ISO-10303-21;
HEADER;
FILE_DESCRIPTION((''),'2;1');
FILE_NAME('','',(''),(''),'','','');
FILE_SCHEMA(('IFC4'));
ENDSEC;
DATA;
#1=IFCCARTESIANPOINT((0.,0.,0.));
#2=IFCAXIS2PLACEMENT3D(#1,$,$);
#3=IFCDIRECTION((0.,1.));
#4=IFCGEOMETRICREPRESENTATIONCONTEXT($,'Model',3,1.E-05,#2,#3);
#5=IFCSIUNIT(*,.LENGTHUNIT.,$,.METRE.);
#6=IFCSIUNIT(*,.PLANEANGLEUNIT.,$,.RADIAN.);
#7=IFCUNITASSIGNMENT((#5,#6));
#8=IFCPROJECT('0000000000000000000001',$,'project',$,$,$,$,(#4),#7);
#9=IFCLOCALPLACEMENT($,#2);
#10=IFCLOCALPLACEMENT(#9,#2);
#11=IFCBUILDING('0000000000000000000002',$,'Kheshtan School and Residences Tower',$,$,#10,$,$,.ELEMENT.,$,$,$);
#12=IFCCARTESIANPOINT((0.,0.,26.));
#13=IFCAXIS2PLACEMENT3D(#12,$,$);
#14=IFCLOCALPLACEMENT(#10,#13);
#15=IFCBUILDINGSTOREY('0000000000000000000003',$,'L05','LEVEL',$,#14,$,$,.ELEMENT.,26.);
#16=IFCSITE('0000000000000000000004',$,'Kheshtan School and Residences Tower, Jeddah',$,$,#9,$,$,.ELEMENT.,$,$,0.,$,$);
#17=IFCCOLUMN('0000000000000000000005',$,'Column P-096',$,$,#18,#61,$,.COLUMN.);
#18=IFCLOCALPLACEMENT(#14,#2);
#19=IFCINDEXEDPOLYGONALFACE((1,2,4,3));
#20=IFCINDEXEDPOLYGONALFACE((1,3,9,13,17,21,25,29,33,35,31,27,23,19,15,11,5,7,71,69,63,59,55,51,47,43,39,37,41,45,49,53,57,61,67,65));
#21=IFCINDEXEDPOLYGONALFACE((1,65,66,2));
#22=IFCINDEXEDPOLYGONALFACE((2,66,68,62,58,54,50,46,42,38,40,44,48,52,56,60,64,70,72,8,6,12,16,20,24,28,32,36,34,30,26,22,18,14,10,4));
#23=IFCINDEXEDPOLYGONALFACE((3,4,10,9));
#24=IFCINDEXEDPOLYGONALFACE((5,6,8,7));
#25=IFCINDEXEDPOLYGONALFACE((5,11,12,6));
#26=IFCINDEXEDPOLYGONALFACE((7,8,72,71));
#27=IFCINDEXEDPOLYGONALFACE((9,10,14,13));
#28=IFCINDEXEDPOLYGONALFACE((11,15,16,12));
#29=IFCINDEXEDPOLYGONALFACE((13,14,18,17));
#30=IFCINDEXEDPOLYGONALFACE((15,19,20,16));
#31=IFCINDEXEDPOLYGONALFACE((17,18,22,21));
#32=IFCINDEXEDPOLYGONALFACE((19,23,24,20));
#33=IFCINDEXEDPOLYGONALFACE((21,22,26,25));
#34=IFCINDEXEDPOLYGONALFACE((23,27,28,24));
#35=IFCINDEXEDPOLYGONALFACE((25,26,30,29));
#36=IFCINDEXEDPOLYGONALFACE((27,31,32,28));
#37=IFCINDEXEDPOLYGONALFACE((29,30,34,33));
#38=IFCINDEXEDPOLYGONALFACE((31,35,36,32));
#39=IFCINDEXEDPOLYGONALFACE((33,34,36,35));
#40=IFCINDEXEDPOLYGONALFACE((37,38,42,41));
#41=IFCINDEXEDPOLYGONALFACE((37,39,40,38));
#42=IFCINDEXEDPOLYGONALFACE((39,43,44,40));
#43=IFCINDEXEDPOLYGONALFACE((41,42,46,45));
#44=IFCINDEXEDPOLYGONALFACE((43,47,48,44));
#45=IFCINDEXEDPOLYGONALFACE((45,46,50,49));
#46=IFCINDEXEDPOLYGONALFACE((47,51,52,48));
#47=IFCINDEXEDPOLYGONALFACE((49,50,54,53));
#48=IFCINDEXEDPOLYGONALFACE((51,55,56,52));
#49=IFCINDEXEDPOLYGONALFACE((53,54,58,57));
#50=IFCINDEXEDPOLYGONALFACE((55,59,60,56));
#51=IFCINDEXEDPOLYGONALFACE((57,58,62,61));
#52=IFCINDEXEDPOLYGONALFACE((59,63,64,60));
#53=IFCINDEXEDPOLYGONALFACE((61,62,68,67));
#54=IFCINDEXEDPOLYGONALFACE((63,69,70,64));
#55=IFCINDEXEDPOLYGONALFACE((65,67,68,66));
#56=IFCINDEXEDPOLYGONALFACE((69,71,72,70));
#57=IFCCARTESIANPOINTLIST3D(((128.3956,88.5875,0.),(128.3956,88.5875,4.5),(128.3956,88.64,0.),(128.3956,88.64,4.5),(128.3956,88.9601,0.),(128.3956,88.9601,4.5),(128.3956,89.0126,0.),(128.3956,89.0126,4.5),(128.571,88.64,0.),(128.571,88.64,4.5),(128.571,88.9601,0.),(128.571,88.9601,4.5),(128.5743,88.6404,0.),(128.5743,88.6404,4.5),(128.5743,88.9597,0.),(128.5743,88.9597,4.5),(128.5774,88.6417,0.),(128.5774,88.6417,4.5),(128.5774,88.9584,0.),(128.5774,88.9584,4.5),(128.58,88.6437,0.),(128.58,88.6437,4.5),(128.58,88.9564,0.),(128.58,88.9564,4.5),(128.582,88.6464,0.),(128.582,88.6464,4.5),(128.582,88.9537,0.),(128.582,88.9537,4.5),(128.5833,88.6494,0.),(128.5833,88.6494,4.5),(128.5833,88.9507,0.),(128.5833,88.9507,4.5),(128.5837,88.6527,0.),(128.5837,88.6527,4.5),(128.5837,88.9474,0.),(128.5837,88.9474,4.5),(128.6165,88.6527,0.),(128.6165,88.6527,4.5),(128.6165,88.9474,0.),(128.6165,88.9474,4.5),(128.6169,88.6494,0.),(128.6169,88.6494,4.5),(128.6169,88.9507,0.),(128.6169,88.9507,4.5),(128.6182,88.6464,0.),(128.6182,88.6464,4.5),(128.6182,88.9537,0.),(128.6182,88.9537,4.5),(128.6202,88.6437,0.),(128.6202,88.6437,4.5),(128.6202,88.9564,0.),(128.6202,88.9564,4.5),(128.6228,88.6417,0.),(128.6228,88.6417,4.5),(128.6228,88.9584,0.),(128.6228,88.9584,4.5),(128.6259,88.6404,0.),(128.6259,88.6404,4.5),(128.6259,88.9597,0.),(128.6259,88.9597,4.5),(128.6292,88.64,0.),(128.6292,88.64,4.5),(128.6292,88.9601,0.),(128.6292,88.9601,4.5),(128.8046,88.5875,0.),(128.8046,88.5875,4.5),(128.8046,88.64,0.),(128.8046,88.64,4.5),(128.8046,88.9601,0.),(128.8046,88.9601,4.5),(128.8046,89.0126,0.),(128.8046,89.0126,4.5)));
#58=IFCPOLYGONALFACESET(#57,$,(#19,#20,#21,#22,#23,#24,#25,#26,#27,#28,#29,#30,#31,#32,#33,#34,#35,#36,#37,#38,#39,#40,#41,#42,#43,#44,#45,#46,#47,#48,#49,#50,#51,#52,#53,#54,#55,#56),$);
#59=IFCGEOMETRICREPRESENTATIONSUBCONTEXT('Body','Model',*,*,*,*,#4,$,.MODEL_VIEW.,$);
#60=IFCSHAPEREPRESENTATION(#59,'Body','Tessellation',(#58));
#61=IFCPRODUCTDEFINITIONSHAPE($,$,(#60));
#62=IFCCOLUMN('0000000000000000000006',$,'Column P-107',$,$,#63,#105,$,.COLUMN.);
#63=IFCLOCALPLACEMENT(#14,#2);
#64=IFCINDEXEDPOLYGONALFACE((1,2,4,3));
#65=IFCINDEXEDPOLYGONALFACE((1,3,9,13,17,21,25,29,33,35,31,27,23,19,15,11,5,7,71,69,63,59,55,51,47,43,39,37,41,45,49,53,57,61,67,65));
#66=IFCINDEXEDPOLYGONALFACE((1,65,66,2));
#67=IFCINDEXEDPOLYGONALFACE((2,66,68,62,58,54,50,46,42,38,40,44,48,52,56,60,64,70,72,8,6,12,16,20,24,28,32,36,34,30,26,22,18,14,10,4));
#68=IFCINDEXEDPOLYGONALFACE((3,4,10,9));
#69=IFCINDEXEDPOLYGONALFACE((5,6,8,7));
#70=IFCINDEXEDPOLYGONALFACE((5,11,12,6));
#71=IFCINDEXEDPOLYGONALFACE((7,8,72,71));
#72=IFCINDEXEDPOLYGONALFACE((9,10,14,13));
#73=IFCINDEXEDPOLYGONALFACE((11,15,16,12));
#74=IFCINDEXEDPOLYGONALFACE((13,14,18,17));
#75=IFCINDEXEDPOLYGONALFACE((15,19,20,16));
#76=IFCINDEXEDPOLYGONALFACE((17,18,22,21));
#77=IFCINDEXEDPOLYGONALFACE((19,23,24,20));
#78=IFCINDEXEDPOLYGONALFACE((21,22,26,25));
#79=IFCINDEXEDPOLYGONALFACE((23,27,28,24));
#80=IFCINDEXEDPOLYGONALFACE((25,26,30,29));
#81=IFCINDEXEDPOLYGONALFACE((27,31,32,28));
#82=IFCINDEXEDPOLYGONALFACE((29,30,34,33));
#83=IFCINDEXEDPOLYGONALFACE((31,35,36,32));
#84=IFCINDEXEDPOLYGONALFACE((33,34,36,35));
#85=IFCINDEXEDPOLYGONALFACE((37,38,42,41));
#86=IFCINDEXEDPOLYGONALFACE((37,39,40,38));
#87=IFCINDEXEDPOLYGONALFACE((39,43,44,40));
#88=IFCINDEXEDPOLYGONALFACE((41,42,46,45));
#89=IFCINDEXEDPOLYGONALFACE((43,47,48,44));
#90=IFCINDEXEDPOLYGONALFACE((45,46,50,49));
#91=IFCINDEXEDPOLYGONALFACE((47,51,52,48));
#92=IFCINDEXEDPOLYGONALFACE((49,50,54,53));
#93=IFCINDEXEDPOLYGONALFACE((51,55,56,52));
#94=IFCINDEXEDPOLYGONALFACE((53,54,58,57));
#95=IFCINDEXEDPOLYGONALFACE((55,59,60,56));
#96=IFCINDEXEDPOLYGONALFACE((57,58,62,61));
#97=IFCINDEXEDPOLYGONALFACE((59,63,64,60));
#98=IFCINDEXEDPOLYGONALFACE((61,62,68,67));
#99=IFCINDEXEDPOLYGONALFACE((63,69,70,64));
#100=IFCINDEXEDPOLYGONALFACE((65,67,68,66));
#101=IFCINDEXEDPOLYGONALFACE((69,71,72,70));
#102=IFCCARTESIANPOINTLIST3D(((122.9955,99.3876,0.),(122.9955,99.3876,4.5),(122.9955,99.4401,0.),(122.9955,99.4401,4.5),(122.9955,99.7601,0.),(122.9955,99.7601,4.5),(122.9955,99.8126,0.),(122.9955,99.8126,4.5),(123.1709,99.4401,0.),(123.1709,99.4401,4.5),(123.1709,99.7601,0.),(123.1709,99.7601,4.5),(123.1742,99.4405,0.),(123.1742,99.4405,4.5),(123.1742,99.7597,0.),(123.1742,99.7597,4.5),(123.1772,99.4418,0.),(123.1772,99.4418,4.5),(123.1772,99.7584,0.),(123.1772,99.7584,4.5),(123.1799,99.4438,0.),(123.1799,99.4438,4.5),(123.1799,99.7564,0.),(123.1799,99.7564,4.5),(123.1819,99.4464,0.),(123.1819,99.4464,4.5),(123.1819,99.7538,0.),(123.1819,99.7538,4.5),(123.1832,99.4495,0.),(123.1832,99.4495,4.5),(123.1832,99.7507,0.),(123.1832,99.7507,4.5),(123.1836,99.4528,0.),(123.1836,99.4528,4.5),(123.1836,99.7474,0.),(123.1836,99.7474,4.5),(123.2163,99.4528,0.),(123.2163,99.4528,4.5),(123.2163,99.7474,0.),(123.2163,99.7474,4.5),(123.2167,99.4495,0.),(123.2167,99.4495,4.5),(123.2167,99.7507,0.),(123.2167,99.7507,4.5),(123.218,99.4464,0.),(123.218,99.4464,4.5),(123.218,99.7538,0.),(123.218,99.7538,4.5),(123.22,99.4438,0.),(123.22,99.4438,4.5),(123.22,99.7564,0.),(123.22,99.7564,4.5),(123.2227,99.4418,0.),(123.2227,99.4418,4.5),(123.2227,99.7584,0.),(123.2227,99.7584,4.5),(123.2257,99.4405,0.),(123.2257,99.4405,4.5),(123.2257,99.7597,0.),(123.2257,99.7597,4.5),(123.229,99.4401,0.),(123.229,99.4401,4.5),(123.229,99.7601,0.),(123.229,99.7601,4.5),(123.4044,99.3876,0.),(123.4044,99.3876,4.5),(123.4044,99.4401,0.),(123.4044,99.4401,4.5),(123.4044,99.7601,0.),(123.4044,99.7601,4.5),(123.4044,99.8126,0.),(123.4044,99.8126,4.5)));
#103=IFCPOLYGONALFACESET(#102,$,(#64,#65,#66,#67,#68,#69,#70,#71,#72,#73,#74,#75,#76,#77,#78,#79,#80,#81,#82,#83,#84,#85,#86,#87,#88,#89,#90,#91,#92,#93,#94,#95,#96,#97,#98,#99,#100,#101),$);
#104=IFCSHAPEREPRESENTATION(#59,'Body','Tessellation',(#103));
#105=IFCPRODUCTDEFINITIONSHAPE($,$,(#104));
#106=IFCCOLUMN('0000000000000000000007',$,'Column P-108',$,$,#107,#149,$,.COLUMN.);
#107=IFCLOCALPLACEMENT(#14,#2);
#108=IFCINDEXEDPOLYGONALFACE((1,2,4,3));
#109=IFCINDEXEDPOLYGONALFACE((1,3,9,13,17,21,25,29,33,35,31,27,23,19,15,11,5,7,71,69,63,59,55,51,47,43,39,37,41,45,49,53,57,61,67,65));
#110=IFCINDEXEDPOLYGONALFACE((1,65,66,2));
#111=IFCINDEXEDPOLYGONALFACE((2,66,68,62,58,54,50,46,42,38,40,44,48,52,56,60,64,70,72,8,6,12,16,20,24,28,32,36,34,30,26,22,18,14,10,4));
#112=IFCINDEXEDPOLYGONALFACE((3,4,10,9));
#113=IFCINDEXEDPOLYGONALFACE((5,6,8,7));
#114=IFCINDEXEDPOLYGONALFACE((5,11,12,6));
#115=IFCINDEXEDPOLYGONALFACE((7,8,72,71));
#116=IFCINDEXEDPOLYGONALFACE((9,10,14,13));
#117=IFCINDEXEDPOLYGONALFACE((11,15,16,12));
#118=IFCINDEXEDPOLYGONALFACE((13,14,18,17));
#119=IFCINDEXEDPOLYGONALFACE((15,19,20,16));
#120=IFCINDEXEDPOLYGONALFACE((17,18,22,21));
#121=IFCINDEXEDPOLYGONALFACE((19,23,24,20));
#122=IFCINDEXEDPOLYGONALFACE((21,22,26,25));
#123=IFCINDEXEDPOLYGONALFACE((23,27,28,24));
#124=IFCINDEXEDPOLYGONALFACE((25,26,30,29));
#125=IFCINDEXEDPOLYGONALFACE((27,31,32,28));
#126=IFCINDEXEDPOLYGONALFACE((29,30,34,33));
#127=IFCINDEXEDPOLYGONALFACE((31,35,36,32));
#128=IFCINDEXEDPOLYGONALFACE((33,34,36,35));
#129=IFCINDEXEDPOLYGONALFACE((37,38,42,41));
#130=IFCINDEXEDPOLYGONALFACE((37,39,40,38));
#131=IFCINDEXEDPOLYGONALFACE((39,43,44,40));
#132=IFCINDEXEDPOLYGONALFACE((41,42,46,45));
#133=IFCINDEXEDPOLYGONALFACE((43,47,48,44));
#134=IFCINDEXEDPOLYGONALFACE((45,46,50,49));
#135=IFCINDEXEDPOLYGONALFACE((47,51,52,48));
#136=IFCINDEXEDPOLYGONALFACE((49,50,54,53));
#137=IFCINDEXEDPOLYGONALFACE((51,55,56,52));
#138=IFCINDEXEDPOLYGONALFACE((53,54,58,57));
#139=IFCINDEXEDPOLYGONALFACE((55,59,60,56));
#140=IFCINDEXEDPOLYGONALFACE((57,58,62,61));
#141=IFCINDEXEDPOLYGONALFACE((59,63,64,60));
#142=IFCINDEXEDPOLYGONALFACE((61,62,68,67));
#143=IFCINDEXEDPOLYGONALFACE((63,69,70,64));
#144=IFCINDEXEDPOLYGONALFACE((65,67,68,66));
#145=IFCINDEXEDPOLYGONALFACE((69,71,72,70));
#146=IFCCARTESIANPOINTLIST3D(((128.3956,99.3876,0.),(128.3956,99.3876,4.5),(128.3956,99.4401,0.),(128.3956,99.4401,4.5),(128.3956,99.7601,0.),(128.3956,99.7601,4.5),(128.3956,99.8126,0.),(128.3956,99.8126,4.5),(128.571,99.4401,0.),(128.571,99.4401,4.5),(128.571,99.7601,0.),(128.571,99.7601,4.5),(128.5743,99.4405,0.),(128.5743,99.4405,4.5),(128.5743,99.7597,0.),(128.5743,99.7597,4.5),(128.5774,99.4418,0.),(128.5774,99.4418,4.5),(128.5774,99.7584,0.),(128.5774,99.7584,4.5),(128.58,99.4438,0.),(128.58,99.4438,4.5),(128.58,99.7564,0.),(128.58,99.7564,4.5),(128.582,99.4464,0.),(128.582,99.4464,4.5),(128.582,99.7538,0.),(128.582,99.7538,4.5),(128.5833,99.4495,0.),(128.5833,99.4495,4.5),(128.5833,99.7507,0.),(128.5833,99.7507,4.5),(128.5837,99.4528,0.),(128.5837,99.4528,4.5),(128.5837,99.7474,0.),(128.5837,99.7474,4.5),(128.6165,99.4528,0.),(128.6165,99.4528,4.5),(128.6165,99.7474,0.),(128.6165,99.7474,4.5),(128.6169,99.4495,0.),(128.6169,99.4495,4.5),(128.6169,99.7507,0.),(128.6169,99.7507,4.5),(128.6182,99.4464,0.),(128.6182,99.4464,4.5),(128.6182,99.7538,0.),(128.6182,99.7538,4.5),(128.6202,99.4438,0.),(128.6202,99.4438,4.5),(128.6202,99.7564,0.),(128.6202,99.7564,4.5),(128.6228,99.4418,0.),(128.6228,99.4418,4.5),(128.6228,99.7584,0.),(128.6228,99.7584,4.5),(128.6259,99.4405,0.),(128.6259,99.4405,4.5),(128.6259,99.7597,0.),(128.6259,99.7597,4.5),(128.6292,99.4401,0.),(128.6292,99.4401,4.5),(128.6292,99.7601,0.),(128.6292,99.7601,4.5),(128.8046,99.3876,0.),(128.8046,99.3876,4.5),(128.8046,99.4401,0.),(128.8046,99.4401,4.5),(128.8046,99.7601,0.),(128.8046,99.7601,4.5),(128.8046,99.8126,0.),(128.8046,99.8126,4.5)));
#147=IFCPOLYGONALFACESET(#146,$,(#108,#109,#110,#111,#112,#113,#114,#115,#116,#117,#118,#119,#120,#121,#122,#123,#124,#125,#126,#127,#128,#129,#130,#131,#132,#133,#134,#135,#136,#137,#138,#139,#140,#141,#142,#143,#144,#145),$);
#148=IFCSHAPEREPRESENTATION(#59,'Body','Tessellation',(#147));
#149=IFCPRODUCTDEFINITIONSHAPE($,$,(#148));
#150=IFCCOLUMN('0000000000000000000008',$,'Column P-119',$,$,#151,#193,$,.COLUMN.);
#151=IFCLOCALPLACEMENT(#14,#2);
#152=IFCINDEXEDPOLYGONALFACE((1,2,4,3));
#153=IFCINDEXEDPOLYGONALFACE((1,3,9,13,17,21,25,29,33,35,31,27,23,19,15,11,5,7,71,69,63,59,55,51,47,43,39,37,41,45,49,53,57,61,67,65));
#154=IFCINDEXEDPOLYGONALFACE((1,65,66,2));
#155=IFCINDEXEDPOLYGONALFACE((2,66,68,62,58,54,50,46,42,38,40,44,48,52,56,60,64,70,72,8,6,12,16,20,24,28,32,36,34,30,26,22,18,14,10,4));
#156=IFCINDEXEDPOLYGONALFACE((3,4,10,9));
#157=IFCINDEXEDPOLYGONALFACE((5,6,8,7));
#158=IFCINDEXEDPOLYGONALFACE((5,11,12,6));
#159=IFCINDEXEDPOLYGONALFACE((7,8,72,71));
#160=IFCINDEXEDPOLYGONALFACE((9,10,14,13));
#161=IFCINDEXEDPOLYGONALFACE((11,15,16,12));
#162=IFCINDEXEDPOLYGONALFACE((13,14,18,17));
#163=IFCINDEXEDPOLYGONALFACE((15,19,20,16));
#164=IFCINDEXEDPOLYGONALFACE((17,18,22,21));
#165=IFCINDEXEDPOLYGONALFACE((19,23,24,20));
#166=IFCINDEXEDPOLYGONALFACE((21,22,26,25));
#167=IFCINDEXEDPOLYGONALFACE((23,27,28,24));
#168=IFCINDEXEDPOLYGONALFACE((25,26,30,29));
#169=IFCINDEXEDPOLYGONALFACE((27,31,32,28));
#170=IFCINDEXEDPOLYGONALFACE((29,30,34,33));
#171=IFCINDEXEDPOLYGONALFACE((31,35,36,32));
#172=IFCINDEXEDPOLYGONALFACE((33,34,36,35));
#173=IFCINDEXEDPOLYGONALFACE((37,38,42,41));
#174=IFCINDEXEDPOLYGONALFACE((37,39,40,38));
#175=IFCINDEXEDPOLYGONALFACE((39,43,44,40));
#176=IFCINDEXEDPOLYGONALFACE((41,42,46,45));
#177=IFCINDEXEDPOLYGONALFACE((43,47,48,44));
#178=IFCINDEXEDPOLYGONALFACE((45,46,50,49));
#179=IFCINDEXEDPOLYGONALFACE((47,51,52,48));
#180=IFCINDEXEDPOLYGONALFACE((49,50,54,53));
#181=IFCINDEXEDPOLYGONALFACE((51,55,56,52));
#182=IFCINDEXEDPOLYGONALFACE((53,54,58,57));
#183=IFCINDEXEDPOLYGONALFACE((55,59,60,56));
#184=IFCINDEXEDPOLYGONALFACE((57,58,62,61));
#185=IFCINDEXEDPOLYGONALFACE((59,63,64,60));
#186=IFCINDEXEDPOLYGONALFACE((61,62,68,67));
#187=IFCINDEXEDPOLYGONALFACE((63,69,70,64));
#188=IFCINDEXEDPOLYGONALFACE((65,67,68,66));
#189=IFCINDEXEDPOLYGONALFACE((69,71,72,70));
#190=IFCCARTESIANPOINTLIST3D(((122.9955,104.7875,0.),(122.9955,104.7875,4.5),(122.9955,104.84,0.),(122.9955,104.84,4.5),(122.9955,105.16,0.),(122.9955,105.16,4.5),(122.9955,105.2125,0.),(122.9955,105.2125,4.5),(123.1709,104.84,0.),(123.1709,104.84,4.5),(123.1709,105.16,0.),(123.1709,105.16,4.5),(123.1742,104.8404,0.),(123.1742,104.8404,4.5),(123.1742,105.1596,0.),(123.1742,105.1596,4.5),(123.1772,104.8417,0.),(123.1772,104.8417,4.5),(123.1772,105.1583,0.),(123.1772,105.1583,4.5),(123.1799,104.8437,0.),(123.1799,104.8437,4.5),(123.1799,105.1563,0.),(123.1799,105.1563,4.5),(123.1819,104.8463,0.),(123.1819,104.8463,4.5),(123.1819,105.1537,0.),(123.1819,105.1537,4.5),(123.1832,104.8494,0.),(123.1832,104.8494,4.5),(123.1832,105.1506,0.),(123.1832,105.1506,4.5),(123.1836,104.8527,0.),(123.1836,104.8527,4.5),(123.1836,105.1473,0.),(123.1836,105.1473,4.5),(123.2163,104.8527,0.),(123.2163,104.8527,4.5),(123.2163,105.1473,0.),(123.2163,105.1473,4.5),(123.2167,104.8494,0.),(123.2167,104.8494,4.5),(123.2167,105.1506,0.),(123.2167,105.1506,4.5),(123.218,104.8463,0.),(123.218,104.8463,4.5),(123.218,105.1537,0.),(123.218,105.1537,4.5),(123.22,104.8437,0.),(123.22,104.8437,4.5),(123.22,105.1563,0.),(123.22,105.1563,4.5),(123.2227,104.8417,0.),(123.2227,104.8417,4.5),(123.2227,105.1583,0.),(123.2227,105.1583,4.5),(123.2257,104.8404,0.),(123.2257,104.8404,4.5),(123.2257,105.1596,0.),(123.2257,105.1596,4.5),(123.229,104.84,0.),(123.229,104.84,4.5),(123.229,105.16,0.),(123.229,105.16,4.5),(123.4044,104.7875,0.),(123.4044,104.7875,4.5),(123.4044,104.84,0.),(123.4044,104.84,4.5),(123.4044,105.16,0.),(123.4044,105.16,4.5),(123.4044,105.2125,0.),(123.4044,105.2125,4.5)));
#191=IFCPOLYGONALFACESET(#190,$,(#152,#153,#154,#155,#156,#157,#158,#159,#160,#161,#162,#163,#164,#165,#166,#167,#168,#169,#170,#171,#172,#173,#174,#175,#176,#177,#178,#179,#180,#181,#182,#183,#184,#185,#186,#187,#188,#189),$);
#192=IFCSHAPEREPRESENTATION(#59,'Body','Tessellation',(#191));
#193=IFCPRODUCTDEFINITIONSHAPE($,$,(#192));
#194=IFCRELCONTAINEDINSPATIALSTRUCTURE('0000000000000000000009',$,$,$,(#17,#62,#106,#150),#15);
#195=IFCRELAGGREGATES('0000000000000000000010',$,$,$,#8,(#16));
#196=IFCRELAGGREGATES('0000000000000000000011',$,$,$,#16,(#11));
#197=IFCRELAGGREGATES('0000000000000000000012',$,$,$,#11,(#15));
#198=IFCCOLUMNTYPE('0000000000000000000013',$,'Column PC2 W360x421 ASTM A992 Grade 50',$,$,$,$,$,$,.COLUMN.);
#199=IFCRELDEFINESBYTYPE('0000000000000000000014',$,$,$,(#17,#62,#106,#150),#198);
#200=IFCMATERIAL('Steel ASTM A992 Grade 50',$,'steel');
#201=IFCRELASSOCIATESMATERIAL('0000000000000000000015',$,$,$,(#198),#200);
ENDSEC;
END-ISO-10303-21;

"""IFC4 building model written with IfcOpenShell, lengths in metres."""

from ifc_helpers import new_model, si_unit, direction, frame, origin, origin_2d, place, context, subcontext, project, spatial, i_section, extrude, material, material_profile, profile_set, type_object, element, save


model = new_model("IFC4")

# Units and contexts
model_context = context("Model", 3, precision=1e-05, world=origin(), true_north=direction((0.0, 1.0)))
body_context = subcontext(model_context, "Body", "Model", "MODEL_VIEW")
ifc_project = project(units=[si_unit("LENGTHUNIT", "METRE"), si_unit("PLANEANGLEUNIT", "RADIAN")], contexts=[model_context])

# Site, building, storey
site_placement = place(None, origin())
site = spatial("IfcSite", under=ifc_project, at=site_placement, Name="Kheshtan School and Residences Tower, Jeddah", CompositionType="ELEMENT", RefElevation=0.0)
building_placement = place(site_placement, origin())
building = spatial("IfcBuilding", under=site, at=building_placement, Name="Kheshtan School and Residences Tower", CompositionType="ELEMENT")
storey_placement = place(building_placement, frame((0.0, 0.0, 26.0)))
storey = spatial("IfcBuildingStorey", under=building, at=storey_placement, Name="L05", Description="LEVEL", CompositionType="ELEMENT", Elevation=26.0)

# Columns
ifc_material_1 = material(Name="Steel ASTM A992 Grade 50", Category="steel")
ifc_material_profile_1 = material_profile(ifc_material_1, i_section(OverallWidth=0.4089, OverallDepth=0.425, WebThickness=0.0327, FlangeThickness=0.0525, FilletRadius=0.0127, at=origin_2d()), Name="W360x421")
ifc_profile_set_1 = profile_set([ifc_material_profile_1], Name="Steel ASTM A992 Grade 50")
column_type = type_object("IfcColumnType", Name="Column PC2 W360x421 ASTM A992 Grade 50", PredefinedType="COLUMN", material=ifc_profile_set_1)
for number, where, z_axis, x_axis, name in (
    (1, (128.6001, 88.8, 0.0), (0.0, 0.0, 1.0), (1.0, 0.0, 0.0), "Column P-096"),
    (2, (123.2, 99.6001, 0.0), (0.0, 0.0, 1.0), (1.0, 0.0, 0.0), "Column P-107"),
    (3, (128.6001, 99.6001, 0.0), (0.0, 0.0, 1.0), (1.0, 0.0, 0.0), "Column P-108"),
    (4, (123.2, 105.0, 0.0), (0.0, 0.0, 1.0), (1.0, 0.0, 0.0), "Column P-119"),
):
    element("IfcColumn", number, at=place(storey_placement, frame(where, z_axis=z_axis, x_axis=x_axis)), inside=storey, type_object=column_type, Name=name, PredefinedType="COLUMN", context=body_context, shape_type="SweptSolid", body=[
        extrude(i_section(OverallWidth=0.4089, OverallDepth=0.425, WebThickness=0.0327, FlangeThickness=0.0525, FilletRadius=0.0127, at=origin_2d()), origin(), (0.0, 0.0, 1.0), 4.5),
    ])

save(model, "model.ifc")
